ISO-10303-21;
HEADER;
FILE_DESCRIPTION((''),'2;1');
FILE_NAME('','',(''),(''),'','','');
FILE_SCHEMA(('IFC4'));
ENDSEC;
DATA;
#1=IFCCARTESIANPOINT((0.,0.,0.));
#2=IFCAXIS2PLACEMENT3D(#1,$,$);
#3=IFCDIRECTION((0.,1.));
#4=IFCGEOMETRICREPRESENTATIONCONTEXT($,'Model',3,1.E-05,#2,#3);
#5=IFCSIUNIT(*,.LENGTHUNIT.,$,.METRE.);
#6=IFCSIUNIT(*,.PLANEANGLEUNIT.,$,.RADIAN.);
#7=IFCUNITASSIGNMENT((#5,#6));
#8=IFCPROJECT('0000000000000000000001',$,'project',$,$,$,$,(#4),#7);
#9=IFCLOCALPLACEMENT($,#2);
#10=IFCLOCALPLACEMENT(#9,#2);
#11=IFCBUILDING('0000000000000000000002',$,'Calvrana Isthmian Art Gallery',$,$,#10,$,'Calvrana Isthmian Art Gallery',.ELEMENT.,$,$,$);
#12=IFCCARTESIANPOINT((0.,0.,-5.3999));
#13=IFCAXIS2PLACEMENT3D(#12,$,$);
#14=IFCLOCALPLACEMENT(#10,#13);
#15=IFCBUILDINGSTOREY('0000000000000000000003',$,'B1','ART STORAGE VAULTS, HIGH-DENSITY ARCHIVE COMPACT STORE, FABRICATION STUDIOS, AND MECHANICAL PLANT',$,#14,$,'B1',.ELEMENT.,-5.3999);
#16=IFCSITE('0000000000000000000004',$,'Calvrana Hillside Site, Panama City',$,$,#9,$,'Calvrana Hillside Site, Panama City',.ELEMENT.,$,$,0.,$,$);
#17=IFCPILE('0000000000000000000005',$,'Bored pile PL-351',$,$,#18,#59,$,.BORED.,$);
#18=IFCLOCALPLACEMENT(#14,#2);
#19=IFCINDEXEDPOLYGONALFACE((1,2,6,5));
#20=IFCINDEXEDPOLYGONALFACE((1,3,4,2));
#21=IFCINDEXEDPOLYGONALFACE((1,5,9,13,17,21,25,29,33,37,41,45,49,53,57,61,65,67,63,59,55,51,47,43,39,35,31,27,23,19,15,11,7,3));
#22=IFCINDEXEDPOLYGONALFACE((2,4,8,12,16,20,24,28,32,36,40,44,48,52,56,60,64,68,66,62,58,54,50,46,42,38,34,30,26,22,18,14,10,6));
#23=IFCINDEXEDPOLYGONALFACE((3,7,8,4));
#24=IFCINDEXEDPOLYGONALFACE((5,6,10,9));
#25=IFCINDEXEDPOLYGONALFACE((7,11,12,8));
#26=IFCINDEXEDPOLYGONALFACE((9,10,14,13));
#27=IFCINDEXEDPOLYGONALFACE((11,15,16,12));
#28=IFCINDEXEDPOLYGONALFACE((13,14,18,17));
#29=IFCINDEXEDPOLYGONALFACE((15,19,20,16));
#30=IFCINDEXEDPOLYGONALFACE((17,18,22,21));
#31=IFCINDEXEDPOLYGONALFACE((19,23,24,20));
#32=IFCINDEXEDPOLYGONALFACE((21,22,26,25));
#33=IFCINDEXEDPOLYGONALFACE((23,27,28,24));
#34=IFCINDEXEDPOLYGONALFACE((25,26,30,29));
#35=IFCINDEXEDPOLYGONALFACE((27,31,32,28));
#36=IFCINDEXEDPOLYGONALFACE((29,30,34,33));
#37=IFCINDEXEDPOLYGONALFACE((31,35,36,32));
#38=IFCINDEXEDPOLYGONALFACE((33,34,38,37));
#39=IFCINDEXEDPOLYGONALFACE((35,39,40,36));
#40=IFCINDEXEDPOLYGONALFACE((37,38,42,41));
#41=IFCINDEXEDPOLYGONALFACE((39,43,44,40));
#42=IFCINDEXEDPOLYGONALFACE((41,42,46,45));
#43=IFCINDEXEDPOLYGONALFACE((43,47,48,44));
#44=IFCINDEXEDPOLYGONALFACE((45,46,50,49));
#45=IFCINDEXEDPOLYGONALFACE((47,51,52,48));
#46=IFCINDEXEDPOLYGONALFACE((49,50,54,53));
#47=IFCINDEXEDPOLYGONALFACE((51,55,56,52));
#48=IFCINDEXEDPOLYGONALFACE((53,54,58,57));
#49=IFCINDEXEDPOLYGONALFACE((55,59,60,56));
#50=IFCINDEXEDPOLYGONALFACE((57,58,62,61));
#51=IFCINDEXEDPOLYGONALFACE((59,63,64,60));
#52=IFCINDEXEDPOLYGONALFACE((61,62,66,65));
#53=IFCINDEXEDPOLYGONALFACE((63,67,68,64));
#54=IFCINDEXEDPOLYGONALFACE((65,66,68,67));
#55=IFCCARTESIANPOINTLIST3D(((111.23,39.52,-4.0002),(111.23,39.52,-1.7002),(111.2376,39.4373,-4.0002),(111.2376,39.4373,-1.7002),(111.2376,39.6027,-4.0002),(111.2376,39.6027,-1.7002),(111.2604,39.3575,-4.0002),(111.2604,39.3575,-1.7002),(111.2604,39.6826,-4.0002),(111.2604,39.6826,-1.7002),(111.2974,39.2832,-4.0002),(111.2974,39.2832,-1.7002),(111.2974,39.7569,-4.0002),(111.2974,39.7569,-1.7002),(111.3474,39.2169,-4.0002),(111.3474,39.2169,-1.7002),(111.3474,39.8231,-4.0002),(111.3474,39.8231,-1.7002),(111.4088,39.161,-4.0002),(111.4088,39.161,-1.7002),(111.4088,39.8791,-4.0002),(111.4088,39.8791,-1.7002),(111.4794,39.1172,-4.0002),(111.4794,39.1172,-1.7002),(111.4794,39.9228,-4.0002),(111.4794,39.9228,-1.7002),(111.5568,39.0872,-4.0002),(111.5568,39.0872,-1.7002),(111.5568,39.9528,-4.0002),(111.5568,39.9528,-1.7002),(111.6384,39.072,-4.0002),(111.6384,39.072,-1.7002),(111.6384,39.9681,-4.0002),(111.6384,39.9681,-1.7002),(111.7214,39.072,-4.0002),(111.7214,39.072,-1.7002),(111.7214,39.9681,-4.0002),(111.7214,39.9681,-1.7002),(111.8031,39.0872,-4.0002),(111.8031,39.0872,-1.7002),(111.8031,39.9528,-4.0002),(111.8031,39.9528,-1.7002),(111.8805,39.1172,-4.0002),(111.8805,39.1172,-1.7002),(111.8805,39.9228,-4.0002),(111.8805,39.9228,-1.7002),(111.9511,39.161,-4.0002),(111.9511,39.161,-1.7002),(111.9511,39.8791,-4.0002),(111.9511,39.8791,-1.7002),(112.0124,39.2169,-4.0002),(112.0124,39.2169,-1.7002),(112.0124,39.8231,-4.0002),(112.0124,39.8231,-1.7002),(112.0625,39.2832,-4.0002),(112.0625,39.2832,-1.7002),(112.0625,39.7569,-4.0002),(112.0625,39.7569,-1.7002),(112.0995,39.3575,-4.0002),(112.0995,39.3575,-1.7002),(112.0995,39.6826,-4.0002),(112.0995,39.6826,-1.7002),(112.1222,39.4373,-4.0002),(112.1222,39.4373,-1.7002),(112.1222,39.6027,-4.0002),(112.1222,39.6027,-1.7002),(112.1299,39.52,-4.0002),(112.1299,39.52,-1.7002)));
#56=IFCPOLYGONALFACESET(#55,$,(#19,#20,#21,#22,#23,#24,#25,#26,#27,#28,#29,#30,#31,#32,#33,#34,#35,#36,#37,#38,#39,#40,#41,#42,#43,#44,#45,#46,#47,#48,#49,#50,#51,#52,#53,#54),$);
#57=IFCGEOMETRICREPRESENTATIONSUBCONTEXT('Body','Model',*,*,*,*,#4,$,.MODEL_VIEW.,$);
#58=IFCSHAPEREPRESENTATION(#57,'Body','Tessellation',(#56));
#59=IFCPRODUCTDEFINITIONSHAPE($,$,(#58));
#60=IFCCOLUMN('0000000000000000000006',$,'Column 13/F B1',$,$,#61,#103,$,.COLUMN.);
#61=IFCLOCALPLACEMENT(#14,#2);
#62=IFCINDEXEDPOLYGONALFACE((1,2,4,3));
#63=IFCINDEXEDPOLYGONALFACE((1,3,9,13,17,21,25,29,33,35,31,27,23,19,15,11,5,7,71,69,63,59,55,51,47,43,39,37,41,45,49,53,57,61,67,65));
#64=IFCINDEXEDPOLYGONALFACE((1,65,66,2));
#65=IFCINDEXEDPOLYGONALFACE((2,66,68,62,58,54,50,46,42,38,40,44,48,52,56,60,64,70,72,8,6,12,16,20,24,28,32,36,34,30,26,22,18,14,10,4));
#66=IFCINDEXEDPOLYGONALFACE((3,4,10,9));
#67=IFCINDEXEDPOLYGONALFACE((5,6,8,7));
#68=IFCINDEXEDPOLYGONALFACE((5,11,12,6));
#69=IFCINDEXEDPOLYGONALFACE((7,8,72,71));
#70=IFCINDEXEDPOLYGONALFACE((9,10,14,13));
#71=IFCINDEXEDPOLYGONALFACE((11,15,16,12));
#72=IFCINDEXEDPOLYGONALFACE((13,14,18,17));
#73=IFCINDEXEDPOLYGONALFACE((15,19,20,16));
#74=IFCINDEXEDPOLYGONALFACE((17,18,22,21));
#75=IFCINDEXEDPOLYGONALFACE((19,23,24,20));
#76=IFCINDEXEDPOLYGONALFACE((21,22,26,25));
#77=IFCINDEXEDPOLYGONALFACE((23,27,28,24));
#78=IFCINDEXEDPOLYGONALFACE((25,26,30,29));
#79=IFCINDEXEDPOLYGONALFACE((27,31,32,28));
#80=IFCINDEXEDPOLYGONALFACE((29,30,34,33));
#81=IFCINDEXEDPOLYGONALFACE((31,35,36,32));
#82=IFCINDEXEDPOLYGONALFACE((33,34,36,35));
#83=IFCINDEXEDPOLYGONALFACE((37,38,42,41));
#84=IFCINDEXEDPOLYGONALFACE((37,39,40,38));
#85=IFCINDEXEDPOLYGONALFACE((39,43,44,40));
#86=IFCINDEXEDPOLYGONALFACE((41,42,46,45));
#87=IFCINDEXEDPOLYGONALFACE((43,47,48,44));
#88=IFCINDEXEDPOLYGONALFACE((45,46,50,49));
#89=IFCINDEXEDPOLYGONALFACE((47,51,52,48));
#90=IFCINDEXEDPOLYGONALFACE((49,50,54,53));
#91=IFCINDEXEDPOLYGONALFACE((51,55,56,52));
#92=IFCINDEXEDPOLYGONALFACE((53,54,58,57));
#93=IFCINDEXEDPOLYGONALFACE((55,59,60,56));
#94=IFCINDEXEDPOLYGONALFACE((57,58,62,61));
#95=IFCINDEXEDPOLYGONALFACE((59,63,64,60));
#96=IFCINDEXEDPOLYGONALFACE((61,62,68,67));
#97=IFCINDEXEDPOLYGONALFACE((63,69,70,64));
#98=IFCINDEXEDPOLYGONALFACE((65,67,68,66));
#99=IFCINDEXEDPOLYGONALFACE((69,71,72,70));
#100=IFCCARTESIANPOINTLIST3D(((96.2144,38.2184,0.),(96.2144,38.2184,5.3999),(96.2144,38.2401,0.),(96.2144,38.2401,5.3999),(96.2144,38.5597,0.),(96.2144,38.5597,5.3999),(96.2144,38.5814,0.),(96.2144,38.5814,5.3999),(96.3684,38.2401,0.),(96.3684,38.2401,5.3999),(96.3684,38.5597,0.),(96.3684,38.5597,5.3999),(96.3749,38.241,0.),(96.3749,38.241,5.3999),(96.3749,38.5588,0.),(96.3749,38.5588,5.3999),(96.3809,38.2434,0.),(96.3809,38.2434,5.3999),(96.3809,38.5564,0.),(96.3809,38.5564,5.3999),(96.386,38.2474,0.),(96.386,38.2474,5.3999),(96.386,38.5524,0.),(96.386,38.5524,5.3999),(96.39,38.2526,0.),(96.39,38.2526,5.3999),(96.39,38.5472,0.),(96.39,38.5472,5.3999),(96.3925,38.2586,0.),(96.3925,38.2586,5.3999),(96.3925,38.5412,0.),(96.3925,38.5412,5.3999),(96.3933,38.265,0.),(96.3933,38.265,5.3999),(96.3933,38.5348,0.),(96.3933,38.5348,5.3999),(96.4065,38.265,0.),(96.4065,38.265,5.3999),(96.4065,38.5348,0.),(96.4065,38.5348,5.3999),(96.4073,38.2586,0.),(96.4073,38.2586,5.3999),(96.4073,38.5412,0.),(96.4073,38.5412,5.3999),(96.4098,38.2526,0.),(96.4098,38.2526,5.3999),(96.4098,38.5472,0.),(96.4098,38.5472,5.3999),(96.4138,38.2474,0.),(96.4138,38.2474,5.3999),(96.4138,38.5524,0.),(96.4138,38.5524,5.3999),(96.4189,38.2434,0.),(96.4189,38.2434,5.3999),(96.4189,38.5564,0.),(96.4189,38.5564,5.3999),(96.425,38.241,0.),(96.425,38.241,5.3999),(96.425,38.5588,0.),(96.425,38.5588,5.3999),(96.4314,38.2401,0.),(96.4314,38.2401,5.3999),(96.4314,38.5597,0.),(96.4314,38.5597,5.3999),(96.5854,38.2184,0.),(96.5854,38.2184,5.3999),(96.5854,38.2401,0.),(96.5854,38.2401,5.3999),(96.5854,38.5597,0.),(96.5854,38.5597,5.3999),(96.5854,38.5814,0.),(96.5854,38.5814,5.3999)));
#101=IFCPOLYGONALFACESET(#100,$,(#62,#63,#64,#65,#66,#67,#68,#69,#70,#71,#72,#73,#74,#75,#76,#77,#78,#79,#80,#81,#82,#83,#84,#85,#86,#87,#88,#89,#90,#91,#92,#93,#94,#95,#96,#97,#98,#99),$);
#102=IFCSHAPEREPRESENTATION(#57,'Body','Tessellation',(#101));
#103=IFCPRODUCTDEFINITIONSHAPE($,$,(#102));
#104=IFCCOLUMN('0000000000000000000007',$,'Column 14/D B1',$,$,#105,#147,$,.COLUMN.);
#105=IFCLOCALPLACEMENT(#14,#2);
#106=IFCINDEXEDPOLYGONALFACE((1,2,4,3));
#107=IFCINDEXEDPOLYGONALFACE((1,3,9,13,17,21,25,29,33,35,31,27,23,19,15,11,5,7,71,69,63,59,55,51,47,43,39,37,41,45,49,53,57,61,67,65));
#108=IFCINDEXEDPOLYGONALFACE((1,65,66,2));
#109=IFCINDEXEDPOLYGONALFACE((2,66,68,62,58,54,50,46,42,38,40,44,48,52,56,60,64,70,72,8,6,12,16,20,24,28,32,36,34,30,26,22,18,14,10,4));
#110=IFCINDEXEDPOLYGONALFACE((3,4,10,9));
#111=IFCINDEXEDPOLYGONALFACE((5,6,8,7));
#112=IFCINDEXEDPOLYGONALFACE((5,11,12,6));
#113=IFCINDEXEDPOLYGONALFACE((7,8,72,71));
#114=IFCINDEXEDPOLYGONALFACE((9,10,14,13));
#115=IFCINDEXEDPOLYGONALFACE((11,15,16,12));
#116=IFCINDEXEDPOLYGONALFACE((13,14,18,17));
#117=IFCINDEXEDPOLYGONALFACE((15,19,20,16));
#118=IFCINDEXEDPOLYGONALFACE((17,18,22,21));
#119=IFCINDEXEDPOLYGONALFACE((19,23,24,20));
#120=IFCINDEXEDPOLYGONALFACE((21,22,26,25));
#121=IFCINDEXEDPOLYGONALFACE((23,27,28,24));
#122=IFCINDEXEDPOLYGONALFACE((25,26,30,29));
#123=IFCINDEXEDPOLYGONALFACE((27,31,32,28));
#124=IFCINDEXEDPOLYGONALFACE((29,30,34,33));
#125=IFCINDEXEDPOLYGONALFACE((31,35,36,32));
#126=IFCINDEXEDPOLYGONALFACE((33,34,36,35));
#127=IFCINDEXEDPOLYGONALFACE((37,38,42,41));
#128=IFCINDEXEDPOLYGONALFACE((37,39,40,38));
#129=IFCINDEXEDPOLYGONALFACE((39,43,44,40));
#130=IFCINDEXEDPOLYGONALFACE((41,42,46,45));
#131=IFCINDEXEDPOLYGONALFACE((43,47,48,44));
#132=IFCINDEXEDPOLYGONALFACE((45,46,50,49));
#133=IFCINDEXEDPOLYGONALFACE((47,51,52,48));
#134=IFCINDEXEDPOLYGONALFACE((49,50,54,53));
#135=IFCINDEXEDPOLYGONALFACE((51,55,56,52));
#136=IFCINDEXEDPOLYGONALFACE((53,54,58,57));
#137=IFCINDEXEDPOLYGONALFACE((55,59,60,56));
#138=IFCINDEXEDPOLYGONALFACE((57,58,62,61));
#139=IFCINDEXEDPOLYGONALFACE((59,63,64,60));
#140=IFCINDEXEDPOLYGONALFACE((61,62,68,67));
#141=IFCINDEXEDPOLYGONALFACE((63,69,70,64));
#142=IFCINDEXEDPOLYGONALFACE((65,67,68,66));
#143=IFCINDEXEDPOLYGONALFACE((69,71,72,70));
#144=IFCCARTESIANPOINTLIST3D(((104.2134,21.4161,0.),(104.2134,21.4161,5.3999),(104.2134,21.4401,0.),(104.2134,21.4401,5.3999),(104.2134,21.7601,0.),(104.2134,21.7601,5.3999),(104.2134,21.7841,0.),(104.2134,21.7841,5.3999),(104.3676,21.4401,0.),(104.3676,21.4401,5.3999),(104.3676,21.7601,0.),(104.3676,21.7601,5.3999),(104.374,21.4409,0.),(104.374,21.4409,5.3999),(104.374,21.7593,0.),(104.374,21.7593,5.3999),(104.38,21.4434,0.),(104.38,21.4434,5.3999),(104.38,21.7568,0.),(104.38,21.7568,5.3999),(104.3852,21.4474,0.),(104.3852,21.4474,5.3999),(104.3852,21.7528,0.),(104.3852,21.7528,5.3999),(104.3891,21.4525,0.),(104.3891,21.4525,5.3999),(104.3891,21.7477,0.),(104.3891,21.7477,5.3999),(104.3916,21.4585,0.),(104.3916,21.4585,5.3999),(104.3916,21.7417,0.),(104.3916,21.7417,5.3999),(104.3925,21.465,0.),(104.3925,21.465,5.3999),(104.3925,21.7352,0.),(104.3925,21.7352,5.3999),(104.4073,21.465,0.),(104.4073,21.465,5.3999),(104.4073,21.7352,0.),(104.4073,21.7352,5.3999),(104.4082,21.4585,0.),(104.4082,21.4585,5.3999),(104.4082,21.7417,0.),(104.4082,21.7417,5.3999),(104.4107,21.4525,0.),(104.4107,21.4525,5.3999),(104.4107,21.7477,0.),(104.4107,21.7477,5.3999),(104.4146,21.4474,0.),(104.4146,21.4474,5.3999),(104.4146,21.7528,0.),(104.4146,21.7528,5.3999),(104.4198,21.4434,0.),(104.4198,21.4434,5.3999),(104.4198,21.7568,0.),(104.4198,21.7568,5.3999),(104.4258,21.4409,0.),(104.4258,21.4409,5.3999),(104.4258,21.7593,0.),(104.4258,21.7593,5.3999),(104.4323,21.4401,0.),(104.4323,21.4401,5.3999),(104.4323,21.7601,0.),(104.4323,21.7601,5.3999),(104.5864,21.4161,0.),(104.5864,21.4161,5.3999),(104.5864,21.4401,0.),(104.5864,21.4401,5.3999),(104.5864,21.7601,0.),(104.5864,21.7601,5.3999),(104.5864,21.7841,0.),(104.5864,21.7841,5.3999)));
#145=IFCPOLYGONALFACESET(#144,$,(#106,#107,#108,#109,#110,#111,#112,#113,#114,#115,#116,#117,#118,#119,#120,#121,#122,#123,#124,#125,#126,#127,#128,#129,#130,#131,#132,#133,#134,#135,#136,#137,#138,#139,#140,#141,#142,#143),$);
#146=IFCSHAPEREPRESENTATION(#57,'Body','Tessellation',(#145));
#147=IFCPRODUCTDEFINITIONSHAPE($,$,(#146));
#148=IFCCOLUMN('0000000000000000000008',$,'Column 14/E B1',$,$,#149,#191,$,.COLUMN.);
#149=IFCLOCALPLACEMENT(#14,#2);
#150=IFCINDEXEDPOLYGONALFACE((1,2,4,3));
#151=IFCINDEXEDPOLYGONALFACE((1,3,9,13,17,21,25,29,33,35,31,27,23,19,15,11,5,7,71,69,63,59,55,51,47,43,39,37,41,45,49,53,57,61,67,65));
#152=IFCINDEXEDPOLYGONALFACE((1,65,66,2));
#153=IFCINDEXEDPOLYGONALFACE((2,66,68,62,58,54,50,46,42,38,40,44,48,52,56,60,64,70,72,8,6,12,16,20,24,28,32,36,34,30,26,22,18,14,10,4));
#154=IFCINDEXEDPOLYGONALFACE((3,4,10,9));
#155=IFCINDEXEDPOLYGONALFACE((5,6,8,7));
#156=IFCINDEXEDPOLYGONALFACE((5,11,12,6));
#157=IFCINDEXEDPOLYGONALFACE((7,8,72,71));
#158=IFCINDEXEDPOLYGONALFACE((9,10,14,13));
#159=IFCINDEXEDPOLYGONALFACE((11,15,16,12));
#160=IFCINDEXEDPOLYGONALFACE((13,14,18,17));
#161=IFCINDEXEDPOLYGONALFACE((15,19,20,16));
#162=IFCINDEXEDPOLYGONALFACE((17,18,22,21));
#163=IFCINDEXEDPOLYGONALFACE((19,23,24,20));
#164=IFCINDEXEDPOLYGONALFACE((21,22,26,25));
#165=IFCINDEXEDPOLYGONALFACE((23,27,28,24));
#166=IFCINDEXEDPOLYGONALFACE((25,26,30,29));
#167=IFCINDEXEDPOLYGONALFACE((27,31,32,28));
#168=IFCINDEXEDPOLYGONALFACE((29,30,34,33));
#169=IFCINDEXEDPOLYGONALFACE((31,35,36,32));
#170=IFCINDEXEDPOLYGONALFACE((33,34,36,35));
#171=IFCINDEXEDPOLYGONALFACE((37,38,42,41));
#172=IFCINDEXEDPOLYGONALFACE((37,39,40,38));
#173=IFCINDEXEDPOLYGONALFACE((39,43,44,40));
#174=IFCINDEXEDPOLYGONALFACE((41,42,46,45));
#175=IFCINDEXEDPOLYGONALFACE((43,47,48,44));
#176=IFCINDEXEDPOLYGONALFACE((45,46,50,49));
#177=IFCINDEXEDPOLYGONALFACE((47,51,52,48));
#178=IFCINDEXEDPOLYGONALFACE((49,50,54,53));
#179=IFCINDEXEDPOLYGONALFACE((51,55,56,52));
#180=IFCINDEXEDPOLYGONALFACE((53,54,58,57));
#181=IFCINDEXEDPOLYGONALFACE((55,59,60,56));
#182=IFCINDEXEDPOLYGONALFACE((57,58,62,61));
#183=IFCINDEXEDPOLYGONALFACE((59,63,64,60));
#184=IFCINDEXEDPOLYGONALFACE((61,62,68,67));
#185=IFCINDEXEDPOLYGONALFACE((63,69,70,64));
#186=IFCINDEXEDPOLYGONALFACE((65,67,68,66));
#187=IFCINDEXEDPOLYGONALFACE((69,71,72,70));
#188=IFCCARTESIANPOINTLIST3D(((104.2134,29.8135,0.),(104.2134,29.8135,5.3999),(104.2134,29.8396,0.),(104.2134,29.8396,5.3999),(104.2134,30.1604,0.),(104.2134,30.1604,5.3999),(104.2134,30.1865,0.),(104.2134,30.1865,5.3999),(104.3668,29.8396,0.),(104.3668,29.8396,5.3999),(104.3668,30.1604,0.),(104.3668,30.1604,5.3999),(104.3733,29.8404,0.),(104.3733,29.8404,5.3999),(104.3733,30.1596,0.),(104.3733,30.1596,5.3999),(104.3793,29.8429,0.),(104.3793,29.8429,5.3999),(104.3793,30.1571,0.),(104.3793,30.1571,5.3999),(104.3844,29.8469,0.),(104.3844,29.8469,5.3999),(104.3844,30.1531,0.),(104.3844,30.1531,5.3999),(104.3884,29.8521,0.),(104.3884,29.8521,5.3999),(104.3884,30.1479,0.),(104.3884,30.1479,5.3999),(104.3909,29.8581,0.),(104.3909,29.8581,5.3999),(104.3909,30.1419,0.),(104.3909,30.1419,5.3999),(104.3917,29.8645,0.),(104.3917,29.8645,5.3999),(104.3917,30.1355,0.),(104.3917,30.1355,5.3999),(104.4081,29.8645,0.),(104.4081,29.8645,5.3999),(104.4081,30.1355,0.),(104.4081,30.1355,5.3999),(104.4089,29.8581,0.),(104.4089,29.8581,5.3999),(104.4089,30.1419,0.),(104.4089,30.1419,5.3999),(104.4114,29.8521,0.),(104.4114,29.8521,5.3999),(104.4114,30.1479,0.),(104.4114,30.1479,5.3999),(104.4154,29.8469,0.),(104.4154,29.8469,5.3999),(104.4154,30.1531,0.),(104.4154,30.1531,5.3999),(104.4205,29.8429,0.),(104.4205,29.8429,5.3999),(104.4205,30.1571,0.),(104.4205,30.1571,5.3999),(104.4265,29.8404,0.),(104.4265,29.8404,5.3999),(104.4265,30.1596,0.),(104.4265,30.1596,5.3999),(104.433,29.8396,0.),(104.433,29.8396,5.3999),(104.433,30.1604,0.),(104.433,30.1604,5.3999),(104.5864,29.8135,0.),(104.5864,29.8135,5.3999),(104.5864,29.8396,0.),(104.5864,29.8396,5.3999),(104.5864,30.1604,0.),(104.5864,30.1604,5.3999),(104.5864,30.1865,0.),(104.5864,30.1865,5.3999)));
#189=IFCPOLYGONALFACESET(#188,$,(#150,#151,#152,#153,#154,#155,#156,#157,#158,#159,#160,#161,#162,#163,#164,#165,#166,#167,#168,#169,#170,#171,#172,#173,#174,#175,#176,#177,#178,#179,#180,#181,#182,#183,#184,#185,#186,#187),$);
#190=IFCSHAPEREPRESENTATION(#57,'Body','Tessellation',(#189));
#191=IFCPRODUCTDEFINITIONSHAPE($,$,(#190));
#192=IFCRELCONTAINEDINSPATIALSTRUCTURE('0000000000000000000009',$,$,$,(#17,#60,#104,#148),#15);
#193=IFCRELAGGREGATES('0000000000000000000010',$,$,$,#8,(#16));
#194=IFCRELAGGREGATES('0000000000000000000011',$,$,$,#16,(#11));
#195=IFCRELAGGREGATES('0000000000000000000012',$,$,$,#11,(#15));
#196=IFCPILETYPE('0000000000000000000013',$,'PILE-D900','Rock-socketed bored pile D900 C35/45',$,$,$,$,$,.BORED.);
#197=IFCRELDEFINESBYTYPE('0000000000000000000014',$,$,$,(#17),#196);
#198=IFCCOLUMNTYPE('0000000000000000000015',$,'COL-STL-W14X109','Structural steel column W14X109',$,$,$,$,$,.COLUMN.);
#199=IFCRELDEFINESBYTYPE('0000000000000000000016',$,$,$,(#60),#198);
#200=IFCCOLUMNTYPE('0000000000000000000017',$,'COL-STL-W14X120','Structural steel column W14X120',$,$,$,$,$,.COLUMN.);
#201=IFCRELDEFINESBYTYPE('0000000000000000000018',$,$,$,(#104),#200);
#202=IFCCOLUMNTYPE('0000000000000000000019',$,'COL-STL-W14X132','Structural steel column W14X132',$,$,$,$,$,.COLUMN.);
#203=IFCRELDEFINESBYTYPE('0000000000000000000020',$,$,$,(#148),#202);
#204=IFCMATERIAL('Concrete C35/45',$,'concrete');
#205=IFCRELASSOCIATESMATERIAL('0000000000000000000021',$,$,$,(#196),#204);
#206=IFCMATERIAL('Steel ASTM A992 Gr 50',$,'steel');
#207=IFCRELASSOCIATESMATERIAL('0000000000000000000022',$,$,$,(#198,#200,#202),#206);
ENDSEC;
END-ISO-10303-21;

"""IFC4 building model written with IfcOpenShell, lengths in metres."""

from ifc_helpers import new_model, si_unit, direction, frame, origin, origin_2d, place, context, subcontext, project, spatial, circle, i_section, extrude, material, material_profile, profile_set, type_object, element, save


model = new_model("IFC4")

# Units and contexts
model_context = context("Model", 3, precision=1e-05, world=origin(), true_north=direction((0.0, 1.0)))
body_context = subcontext(model_context, "Body", "Model", "MODEL_VIEW")
ifc_project = project(units=[si_unit("LENGTHUNIT", "METRE"), si_unit("PLANEANGLEUNIT", "RADIAN")], contexts=[model_context])

# Site, building, storey
site_placement = place(None, origin())
site = spatial("IfcSite", under=ifc_project, at=site_placement, Name="Calvrana Hillside Site, Panama City", LongName="Calvrana Hillside Site, Panama City", CompositionType="ELEMENT", RefElevation=0.0)
building_placement = place(site_placement, origin())
building = spatial("IfcBuilding", under=site, at=building_placement, Name="Calvrana Isthmian Art Gallery", LongName="Calvrana Isthmian Art Gallery", CompositionType="ELEMENT")
storey_placement = place(building_placement, frame((0.0, 0.0, -5.3999)))
storey = spatial("IfcBuildingStorey", under=building, at=storey_placement, Name="B1", Description="ART STORAGE VAULTS, HIGH-DENSITY ARCHIVE COMPACT STORE, FABRICATION STUDIOS, AND MECHANICAL PLANT", LongName="B1", CompositionType="ELEMENT", Elevation=-5.3999)

# Shared definitions
ifc_material_1 = material(Name="Concrete C35/45", Category="concrete")

# Pile
ifc_material_profile_1 = material_profile(ifc_material_1, circle(Radius=0.45, at=origin_2d()), Name="PILE900D")
ifc_profile_set_1 = profile_set([ifc_material_profile_1], Name="Concrete C35/45")
pile_type = type_object("IfcPileType", Name="PILE-D900", Description="Rock-socketed bored pile D900 C35/45", PredefinedType="BORED", material=ifc_profile_set_1)
for number, where, z_axis, x_axis, name in (
    (1, (111.6799, 39.52, -1.7002), (0.0, 0.0, -1.0), (1.0, 0.0, 0.0), "Bored pile PL-351"),
):
    element("IfcPile", number, at=place(storey_placement, frame(where, z_axis=z_axis, x_axis=x_axis)), inside=storey, type_object=pile_type, Name=name, PredefinedType="BORED", context=body_context, shape_type="SweptSolid", body=[
        extrude(circle(Radius=0.45, at=origin_2d()), origin(), (0.0, 0.0, 1.0), 2.3),
    ])

# Columns
ifc_material_2 = material(Name="Steel ASTM A992 Gr 50", Category="steel")
ifc_material_profile_2 = material_profile(ifc_material_2, i_section(OverallWidth=0.3711, OverallDepth=0.363, WebThickness=0.0132, FlangeThickness=0.0217, FilletRadius=0.0249, at=origin_2d()), Name="W14X109")
ifc_profile_set_2 = profile_set([ifc_material_profile_2], Name="Steel ASTM A992 Gr 50")
column_type_1 = type_object("IfcColumnType", Name="COL-STL-W14X109", Description="Structural steel column W14X109", PredefinedType="COLUMN", material=ifc_profile_set_2)
column_1_placement = place(storey_placement, frame((96.3999, 38.3999, 0.0), z_axis=(0.0, 0.0, 1.0), x_axis=(1.0, 0.0, 0.0)))
element("IfcColumn", 2, at=column_1_placement, inside=storey, type_object=column_type_1, Name="Column 13/F B1", PredefinedType="COLUMN", context=body_context, shape_type="SweptSolid", body=[
    extrude(i_section(OverallWidth=0.3711, OverallDepth=0.363, WebThickness=0.0132, FlangeThickness=0.0217, FilletRadius=0.0249, at=origin_2d()), origin(), (0.0, 0.0, 1.0), 5.3999),
])
ifc_material_profile_3 = material_profile(ifc_material_2, i_section(OverallWidth=0.373, OverallDepth=0.3679, WebThickness=0.0149, FlangeThickness=0.0239, FilletRadius=0.0249, at=origin_2d()), Name="W14X120")
ifc_profile_set_3 = profile_set([ifc_material_profile_3], Name="Steel ASTM A992 Gr 50")
column_type_2 = type_object("IfcColumnType", Name="COL-STL-W14X120", Description="Structural steel column W14X120", PredefinedType="COLUMN", material=ifc_profile_set_3)
column_2_placement = place(storey_placement, frame((104.3999, 21.6001, 0.0), z_axis=(0.0, 0.0, 1.0), x_axis=(1.0, 0.0, 0.0)))
element("IfcColumn", 3, at=column_2_placement, inside=storey, type_object=column_type_2, Name="Column 14/D B1", PredefinedType="COLUMN", context=body_context, shape_type="SweptSolid", body=[
    extrude(i_section(OverallWidth=0.373, OverallDepth=0.3679, WebThickness=0.0149, FlangeThickness=0.0239, FilletRadius=0.0249, at=origin_2d()), origin(), (0.0, 0.0, 1.0), 5.3999),
])
ifc_material_profile_4 = material_profile(ifc_material_2, i_section(OverallWidth=0.373, OverallDepth=0.373, WebThickness=0.0164, FlangeThickness=0.0261, FilletRadius=0.0249, at=origin_2d()), Name="W14X132")
ifc_profile_set_4 = profile_set([ifc_material_profile_4], Name="Steel ASTM A992 Gr 50")
column_type_3 = type_object("IfcColumnType", Name="COL-STL-W14X132", Description="Structural steel column W14X132", PredefinedType="COLUMN", material=ifc_profile_set_4)
column_3_placement = place(storey_placement, frame((104.3999, 30.0, 0.0), z_axis=(0.0, 0.0, 1.0), x_axis=(1.0, 0.0, 0.0)))
element("IfcColumn", 4, at=column_3_placement, inside=storey, type_object=column_type_3, Name="Column 14/E B1", PredefinedType="COLUMN", context=body_context, shape_type="SweptSolid", body=[
    extrude(i_section(OverallWidth=0.373, OverallDepth=0.373, WebThickness=0.0164, FlangeThickness=0.0261, FilletRadius=0.0249, at=origin_2d()), origin(), (0.0, 0.0, 1.0), 5.3999),
])

save(model, "model.ifc")
